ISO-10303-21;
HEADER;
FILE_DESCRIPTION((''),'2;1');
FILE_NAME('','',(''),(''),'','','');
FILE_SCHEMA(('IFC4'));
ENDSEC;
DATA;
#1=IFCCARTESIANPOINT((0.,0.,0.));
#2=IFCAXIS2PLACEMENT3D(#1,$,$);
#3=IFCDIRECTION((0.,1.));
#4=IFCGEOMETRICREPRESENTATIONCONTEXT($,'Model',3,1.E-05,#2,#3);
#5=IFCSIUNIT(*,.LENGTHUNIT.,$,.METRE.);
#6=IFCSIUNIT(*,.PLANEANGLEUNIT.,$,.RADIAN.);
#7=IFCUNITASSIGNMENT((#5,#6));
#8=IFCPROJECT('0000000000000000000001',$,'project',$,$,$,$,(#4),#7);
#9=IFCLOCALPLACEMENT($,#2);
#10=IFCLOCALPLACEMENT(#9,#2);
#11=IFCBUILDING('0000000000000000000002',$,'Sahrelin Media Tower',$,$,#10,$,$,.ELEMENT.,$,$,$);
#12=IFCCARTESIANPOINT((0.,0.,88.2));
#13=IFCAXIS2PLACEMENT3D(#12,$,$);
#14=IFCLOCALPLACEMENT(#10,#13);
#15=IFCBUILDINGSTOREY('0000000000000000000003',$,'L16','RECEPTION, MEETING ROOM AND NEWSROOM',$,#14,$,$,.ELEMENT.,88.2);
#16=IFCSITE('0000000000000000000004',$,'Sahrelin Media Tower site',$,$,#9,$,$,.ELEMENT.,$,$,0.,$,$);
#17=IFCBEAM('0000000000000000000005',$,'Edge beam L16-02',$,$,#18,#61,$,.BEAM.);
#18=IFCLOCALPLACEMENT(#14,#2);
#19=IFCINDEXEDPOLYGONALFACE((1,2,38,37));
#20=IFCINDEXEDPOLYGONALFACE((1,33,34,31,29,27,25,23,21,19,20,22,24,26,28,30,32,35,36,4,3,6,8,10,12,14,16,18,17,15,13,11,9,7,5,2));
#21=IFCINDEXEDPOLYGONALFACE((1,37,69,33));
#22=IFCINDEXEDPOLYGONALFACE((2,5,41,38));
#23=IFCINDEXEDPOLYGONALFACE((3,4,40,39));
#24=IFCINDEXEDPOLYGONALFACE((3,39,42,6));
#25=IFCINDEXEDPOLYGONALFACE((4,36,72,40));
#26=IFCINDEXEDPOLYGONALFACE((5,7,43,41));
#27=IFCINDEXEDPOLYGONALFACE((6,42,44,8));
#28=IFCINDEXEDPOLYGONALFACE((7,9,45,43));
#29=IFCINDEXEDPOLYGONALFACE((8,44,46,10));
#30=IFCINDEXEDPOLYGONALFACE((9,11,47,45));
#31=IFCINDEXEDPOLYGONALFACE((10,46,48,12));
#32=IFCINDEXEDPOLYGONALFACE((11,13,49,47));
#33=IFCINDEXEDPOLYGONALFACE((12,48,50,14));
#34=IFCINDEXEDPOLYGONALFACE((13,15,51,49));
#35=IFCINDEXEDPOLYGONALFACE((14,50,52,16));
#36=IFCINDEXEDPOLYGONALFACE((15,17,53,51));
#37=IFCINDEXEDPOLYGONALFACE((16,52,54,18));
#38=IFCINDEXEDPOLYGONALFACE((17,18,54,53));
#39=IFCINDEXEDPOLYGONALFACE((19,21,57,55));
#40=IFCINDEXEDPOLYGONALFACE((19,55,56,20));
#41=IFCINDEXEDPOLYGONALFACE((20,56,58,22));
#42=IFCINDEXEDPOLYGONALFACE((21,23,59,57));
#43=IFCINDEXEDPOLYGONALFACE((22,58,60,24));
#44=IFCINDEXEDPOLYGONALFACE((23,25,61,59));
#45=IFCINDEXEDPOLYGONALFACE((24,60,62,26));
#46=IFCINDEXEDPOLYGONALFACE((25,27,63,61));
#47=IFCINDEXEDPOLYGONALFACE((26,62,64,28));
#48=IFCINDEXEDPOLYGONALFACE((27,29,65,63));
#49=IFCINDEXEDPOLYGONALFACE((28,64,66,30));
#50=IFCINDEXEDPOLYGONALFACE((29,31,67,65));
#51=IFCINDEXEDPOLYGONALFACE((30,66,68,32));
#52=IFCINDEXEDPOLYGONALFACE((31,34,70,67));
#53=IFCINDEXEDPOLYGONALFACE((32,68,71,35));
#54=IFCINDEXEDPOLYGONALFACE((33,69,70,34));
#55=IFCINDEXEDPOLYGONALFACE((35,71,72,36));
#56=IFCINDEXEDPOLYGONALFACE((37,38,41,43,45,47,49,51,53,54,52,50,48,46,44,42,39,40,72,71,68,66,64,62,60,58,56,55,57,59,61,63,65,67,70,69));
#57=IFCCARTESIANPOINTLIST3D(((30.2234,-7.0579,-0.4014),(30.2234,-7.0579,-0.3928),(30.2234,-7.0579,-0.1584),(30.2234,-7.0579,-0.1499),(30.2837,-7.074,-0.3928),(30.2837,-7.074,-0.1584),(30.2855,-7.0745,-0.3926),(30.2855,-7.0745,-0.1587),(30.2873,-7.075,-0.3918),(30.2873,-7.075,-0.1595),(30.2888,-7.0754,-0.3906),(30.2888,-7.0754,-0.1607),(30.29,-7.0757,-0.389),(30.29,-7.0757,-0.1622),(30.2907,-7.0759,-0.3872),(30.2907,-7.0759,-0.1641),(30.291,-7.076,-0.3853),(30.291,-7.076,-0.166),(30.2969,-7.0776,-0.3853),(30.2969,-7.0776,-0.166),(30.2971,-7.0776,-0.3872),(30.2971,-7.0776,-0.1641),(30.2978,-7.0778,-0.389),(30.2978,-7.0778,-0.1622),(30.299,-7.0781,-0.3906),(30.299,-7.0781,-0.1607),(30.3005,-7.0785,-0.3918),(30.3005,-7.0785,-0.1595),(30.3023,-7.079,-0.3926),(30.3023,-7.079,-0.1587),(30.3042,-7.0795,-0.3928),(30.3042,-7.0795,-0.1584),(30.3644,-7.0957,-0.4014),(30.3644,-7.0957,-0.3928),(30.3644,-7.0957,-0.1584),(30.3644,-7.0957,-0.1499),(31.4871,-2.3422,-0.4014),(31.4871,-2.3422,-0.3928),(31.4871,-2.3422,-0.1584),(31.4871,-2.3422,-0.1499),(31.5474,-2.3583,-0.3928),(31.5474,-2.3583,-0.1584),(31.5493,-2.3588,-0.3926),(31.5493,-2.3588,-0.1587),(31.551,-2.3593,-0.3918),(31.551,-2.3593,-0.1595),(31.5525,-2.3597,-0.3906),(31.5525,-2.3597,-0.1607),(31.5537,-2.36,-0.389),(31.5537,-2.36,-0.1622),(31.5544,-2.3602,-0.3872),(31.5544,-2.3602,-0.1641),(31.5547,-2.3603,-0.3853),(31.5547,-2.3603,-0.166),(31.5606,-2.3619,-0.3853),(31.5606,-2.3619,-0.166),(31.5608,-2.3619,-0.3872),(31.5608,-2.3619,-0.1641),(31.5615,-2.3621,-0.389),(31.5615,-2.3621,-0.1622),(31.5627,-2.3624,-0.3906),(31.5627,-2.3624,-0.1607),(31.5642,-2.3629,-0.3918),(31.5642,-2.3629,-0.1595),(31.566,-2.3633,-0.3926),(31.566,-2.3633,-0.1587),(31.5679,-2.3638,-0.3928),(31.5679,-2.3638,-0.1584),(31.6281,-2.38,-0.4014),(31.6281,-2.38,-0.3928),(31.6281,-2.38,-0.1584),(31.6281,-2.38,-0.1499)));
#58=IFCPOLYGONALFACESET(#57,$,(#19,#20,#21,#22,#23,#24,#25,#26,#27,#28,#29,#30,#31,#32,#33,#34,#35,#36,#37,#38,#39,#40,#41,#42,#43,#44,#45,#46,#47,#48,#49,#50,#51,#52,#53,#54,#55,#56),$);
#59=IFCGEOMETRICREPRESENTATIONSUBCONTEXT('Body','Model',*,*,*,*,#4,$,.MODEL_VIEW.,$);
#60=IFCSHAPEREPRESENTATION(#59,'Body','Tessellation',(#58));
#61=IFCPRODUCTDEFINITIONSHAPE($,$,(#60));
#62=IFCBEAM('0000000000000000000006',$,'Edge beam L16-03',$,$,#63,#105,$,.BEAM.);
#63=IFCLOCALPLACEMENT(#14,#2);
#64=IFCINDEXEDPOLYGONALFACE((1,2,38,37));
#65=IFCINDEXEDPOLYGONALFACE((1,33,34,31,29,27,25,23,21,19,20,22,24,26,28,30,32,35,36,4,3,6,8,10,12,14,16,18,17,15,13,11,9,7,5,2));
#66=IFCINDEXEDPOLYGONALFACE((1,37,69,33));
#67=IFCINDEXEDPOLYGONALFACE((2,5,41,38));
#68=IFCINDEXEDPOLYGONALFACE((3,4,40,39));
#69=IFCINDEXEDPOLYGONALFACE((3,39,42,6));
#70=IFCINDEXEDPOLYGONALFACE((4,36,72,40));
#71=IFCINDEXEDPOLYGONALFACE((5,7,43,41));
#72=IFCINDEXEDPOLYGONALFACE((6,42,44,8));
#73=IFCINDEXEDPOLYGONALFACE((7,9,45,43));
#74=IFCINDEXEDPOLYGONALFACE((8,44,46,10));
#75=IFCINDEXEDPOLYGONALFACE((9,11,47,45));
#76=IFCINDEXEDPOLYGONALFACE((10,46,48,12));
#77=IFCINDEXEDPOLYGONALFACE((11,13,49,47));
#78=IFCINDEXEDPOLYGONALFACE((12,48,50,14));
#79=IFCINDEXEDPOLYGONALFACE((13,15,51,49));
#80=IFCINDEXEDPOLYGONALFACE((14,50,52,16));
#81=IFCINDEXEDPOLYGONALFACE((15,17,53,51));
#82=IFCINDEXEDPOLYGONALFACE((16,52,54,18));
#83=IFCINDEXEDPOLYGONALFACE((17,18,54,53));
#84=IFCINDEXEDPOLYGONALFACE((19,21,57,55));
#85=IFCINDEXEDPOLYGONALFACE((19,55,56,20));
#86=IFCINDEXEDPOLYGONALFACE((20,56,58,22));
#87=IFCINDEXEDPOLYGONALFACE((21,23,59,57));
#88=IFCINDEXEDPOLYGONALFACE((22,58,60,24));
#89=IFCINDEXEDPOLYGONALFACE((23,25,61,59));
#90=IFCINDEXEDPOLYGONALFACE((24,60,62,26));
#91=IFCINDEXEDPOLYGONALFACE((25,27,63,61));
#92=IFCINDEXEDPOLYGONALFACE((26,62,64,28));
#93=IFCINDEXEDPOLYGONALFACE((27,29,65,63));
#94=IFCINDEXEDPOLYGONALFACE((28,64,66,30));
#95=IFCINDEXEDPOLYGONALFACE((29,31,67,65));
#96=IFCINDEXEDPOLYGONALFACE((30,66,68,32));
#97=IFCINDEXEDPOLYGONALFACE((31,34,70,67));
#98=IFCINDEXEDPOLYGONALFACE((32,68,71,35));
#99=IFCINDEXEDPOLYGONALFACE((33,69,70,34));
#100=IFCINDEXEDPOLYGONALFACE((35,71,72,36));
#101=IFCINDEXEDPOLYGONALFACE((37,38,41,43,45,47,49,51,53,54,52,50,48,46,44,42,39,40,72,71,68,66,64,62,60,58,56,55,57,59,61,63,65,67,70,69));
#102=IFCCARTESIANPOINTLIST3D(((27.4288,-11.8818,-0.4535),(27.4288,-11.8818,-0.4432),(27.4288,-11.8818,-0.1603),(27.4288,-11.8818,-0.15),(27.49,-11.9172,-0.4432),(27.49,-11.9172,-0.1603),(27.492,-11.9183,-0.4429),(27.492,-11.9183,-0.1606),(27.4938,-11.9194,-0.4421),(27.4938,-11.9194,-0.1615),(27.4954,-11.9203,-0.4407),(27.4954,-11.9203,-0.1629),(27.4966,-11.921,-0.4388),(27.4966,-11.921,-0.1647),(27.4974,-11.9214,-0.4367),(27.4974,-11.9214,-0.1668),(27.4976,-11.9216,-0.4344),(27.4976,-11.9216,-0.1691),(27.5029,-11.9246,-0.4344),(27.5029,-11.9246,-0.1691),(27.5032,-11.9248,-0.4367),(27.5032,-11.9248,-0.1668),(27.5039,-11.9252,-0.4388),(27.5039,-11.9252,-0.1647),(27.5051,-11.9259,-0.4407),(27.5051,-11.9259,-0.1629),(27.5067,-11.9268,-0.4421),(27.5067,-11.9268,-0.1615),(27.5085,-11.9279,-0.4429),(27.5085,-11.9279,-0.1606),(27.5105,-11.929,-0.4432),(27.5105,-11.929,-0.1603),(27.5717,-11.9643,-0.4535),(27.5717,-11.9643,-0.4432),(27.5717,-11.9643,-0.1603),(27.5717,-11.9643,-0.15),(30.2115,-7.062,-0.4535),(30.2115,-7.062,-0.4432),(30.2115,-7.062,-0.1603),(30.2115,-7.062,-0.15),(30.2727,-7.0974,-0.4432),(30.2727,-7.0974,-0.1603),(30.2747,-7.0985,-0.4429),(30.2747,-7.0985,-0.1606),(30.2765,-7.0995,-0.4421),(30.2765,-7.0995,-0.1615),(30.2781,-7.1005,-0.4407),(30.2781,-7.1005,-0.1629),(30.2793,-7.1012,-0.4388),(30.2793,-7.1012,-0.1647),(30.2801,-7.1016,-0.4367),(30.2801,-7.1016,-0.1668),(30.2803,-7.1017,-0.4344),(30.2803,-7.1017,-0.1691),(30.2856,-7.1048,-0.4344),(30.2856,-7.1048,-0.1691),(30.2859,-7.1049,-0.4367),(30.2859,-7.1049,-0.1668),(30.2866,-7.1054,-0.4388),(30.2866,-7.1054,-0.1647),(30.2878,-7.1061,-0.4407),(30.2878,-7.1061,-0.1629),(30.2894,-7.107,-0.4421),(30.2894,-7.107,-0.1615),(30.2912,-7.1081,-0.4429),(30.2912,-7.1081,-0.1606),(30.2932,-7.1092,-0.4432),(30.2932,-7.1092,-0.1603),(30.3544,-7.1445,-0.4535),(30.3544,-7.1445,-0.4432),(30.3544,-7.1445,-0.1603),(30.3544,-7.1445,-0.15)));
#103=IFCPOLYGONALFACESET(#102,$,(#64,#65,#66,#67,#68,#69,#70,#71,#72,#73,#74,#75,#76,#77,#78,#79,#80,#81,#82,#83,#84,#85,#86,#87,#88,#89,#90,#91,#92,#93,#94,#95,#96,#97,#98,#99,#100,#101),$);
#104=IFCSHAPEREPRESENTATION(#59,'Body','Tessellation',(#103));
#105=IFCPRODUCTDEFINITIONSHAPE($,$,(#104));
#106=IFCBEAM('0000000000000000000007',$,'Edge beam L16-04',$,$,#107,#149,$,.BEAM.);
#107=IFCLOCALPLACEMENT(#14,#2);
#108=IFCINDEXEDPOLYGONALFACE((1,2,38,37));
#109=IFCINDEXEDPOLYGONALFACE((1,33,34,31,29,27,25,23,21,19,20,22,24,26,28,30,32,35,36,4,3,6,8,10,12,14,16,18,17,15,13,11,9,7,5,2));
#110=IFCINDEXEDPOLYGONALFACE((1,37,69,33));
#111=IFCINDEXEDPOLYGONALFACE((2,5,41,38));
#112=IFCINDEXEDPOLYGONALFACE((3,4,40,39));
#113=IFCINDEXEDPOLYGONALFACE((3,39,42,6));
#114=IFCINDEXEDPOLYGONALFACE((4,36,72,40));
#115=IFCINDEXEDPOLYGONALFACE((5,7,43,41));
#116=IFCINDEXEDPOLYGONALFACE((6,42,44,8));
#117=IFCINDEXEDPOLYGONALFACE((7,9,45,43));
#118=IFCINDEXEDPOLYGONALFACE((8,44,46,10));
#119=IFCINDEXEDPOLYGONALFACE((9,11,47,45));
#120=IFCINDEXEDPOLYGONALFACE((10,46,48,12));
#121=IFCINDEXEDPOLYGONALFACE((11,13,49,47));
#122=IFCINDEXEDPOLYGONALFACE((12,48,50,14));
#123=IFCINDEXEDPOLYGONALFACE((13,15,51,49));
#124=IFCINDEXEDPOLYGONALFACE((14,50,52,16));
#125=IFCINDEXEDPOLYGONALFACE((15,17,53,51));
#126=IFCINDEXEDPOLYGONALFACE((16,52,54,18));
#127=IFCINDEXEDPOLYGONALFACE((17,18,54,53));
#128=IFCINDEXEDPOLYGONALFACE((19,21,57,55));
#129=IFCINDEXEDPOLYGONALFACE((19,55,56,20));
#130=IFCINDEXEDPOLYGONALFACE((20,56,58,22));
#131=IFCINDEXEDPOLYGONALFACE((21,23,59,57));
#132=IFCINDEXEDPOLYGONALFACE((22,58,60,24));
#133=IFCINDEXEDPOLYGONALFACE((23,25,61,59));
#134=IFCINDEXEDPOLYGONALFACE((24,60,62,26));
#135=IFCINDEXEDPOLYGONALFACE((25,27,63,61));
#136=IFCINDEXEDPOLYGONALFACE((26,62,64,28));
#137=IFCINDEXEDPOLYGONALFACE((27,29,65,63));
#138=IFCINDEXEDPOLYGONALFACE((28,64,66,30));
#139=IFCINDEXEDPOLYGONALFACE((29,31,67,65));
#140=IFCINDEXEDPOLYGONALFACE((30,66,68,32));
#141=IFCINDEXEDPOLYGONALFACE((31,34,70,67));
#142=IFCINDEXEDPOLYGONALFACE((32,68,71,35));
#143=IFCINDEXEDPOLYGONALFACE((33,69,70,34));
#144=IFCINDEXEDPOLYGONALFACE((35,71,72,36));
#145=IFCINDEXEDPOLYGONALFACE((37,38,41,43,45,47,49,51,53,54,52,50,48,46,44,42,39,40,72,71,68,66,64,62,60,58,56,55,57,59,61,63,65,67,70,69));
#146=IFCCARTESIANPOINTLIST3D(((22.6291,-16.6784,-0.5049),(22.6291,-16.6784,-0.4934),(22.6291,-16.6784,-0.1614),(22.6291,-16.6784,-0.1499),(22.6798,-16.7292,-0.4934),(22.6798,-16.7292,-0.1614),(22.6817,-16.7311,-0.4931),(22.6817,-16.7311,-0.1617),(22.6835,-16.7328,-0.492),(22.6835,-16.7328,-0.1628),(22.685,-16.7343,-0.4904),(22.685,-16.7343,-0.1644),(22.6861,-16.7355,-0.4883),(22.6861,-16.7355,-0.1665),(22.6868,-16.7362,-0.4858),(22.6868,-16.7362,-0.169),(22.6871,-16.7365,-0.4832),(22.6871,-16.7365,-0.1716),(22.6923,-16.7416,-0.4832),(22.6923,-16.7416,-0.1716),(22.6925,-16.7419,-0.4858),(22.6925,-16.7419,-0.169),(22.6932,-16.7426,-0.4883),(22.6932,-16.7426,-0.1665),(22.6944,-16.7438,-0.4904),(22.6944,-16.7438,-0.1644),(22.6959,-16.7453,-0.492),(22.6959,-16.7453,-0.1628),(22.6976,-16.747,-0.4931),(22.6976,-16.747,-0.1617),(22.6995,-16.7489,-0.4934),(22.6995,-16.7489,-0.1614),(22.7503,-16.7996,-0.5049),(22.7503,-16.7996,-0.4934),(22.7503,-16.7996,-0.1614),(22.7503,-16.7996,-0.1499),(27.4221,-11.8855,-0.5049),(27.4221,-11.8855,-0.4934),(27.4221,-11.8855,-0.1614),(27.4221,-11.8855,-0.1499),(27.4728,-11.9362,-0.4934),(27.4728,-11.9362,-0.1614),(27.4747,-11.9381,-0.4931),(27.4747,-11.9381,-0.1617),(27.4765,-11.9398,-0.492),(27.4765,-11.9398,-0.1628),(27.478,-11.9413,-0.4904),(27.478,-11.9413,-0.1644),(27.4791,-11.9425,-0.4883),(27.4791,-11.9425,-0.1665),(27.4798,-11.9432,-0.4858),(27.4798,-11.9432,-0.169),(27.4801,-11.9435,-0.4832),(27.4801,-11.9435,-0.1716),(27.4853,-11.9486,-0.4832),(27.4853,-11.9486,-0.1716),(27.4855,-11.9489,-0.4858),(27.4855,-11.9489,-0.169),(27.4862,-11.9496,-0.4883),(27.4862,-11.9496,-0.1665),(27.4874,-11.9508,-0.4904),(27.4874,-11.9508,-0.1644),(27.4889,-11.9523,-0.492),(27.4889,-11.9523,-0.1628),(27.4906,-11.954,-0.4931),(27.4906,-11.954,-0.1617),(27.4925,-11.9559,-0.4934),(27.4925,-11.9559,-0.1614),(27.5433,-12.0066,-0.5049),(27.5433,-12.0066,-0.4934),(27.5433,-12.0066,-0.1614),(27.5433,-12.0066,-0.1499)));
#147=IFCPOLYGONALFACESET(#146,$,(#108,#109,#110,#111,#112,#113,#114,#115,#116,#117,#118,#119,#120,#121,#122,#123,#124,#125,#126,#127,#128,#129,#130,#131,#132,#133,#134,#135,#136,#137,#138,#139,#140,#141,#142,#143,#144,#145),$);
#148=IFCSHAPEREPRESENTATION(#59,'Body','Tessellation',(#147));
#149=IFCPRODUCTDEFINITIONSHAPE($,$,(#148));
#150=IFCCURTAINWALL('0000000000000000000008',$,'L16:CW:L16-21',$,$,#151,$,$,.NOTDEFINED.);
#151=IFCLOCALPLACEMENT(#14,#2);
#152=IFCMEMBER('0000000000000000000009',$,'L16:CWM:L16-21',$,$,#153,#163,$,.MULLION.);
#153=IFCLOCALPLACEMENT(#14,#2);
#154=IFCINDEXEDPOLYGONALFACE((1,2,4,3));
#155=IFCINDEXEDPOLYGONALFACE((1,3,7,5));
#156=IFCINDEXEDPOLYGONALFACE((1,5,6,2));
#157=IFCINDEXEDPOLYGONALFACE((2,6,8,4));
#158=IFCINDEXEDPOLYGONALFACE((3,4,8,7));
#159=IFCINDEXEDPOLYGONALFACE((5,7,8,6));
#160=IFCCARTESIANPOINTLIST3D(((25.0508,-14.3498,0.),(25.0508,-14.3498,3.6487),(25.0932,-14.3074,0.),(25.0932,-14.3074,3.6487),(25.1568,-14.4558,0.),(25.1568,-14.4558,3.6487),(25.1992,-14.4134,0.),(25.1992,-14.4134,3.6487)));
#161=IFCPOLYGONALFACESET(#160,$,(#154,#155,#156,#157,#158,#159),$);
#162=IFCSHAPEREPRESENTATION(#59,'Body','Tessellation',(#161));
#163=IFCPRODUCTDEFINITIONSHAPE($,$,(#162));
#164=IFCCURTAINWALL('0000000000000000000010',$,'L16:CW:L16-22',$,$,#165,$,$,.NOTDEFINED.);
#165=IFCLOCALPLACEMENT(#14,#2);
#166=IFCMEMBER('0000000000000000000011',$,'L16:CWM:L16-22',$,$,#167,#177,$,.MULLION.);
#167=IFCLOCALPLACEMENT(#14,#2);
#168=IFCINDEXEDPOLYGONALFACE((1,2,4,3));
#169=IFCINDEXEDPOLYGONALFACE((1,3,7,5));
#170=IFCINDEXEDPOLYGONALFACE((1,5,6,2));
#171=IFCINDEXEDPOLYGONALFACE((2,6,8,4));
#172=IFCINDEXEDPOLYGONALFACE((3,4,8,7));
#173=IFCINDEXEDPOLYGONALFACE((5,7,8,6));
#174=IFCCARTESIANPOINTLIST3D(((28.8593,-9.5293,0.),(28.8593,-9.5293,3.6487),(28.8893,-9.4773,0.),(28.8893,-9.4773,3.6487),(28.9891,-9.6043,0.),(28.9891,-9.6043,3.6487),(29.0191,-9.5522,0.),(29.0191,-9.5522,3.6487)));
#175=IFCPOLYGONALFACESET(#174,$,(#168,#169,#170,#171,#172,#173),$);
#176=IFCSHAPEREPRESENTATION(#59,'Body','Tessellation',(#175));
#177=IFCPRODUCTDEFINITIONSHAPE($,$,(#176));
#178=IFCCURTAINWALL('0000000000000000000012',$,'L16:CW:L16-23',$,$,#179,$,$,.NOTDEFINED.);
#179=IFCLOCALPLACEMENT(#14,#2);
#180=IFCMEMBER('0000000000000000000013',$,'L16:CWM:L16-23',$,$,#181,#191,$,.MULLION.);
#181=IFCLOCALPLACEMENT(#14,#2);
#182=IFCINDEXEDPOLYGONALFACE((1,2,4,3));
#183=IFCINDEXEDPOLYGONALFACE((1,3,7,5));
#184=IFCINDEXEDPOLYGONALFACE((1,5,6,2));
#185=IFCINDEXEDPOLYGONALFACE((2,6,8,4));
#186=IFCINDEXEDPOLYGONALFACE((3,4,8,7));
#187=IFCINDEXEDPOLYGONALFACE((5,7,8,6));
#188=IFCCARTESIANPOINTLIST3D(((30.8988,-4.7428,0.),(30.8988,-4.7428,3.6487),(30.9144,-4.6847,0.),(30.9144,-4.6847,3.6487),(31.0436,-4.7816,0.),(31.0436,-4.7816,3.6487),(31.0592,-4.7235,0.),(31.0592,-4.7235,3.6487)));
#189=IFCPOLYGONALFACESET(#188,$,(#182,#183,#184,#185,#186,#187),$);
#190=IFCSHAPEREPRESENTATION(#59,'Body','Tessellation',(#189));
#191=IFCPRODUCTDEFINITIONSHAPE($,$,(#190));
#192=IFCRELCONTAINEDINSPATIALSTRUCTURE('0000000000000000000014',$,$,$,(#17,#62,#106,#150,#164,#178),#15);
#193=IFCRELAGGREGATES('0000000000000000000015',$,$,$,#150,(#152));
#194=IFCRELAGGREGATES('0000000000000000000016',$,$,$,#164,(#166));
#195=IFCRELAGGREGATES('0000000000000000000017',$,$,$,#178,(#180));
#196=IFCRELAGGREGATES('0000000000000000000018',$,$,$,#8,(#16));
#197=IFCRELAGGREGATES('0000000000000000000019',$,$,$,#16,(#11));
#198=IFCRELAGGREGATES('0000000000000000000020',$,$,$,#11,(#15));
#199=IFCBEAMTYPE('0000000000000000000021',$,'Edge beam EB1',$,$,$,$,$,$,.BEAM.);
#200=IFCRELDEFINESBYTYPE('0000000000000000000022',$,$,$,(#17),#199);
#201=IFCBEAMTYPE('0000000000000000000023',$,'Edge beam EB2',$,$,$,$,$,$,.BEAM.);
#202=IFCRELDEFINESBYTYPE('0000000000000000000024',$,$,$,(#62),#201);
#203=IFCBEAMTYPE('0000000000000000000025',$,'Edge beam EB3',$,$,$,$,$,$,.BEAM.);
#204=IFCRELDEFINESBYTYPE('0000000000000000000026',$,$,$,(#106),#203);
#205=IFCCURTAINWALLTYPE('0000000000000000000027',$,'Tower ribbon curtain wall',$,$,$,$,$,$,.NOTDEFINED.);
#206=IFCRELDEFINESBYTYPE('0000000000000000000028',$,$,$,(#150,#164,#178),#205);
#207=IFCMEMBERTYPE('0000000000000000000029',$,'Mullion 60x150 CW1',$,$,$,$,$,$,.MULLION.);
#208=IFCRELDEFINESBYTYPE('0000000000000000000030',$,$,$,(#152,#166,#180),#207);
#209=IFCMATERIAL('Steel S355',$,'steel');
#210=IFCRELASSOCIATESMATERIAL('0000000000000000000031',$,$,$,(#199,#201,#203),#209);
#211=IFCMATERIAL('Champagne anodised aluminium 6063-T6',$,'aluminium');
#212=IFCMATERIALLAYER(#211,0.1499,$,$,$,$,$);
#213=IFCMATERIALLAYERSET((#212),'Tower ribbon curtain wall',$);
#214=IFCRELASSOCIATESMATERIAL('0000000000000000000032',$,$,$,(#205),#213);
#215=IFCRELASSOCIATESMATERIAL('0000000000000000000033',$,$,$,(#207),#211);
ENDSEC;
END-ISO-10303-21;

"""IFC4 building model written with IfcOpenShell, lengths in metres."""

from ifc_helpers import new_model, si_unit, direction, frame, origin, origin_2d, place, context, subcontext, project, spatial, rectangle, i_section, extrude, material, layer, layer_set, material_profile, profile_set, type_object, element, aggregate, save


model = new_model("IFC4")

# Units and contexts
model_context = context("Model", 3, precision=1e-05, world=origin(), true_north=direction((0.0, 1.0)))
body_context = subcontext(model_context, "Body", "Model", "MODEL_VIEW")
ifc_project = project(units=[si_unit("LENGTHUNIT", "METRE"), si_unit("PLANEANGLEUNIT", "RADIAN")], contexts=[model_context])

# Site, building, storey
site_placement = place(None, origin())
site = spatial("IfcSite", under=ifc_project, at=site_placement, Name="Sahrelin Media Tower site", CompositionType="ELEMENT", RefElevation=0.0)
building_placement = place(site_placement, origin())
building = spatial("IfcBuilding", under=site, at=building_placement, Name="Sahrelin Media Tower", CompositionType="ELEMENT")
storey_placement = place(building_placement, frame((0.0, 0.0, 88.2)))
storey = spatial("IfcBuildingStorey", under=building, at=storey_placement, Name="L16", Description="RECEPTION, MEETING ROOM AND NEWSROOM", CompositionType="ELEMENT", Elevation=88.2)

# Beams
ifc_material_1 = material(Name="Steel S355", Category="steel")
ifc_material_profile_1 = material_profile(ifc_material_1, i_section(OverallWidth=0.146, OverallDepth=0.2515, WebThickness=0.0061, FlangeThickness=0.0085, FilletRadius=0.0076, at=origin_2d()), Name="UB 254x146x31")
ifc_profile_set_1 = profile_set([ifc_material_profile_1], Name="Steel S355")
beam_type_1 = type_object("IfcBeamType", Name="Edge beam EB1", PredefinedType="BEAM", material=ifc_profile_set_1)
beam_1_placement = place(storey_placement, frame((31.5576, -2.3611, -0.2756), z_axis=(-0.258845, -0.965919, 0.0), x_axis=(0.965919, -0.258845, 0.0)))
element("IfcBeam", 1, at=beam_1_placement, inside=storey, type_object=beam_type_1, Name="Edge beam L16-02", PredefinedType="BEAM", context=body_context, shape_type="SweptSolid", body=[
    extrude(i_section(OverallWidth=0.146, OverallDepth=0.2515, WebThickness=0.0061, FlangeThickness=0.0085, FilletRadius=0.0076, at=origin_2d()), origin(), (0.0, 0.0, 1.0), 4.8821),
])
ifc_material_profile_2 = material_profile(ifc_material_1, i_section(OverallWidth=0.165, OverallDepth=0.3035, WebThickness=0.0061, FlangeThickness=0.0103, FilletRadius=0.0088, at=origin_2d()), Name="UB 305x165x40")
ifc_profile_set_2 = profile_set([ifc_material_profile_2], Name="Steel S355")
beam_type_2 = type_object("IfcBeamType", Name="Edge beam EB2", PredefinedType="BEAM", material=ifc_profile_set_2)
beam_2_placement = place(storey_placement, frame((30.283, -7.1033, -0.3018), z_axis=(-0.499998, -0.866026, 0.0), x_axis=(0.866026, -0.499998, 0.0)))
element("IfcBeam", 2, at=beam_2_placement, inside=storey, type_object=beam_type_2, Name="Edge beam L16-03", PredefinedType="BEAM", context=body_context, shape_type="SweptSolid", body=[
    extrude(i_section(OverallWidth=0.165, OverallDepth=0.3035, WebThickness=0.0061, FlangeThickness=0.0103, FilletRadius=0.0088, at=origin_2d()), origin(), (0.0, 0.0, 1.0), 5.5654),
])
ifc_material_profile_3 = material_profile(ifc_material_1, i_section(OverallWidth=0.1714, OverallDepth=0.355, WebThickness=0.0073, FlangeThickness=0.0115, FilletRadius=0.0103, at=origin_2d()), Name="UB 356x171x51")
ifc_profile_set_3 = profile_set([ifc_material_profile_3], Name="Steel S355")
beam_type_3 = type_object("IfcBeamType", Name="Edge beam EB3", PredefinedType="BEAM", material=ifc_profile_set_3)
beam_3_placement = place(storey_placement, frame((27.4827, -11.946, -0.3274), z_axis=(-0.707107, -0.707107, 0.0), x_axis=(0.707107, -0.707107, 0.0)))
element("IfcBeam", 3, at=beam_3_placement, inside=storey, type_object=beam_type_3, Name="Edge beam L16-04", PredefinedType="BEAM", context=body_context, shape_type="SweptSolid", body=[
    extrude(i_section(OverallWidth=0.1714, OverallDepth=0.355, WebThickness=0.0073, FlangeThickness=0.0115, FilletRadius=0.0103, at=origin_2d()), origin(), (0.0, 0.0, 1.0), 6.7783),
])

# Curtain walls, members
ifc_material_2 = material(Name="Champagne anodised aluminium 6063-T6", Category="aluminium")
ifc_layer_1 = layer(ifc_material_2, 0.1499)
ifc_layer_set_1 = layer_set([ifc_layer_1], Name="Tower ribbon curtain wall")
curtain_wall_type = type_object("IfcCurtainWallType", Name="Tower ribbon curtain wall", PredefinedType="NOTDEFINED", material=ifc_layer_set_1)
curtain_wall_1_placement = place(storey_placement, frame((25.1921, -14.4487, 0.0), z_axis=(0.0, 0.0, 1.0), x_axis=(1.0, 0.0, 0.0)))
curtain_wall_1 = element("IfcCurtainWall", 4, at=curtain_wall_1_placement, inside=storey, type_object=curtain_wall_type, Name="L16:CW:L16-21", PredefinedType="NOTDEFINED")
ifc_material_profile_4 = material_profile(ifc_material_2, rectangle(XDim=0.0601, YDim=0.1499, at=origin_2d()), Name="Mullion 60x150")
ifc_profile_set_4 = profile_set([ifc_material_profile_4], Name="Champagne anodised aluminium 6063-T6")
member_type_1 = type_object("IfcMemberType", Name="Mullion 60x150 CW1", PredefinedType="MULLION", material=ifc_profile_set_4)
member_1_placement = place(storey_placement, frame((25.125, -14.3816, 0.0), z_axis=(0.0, 0.0, 1.0), x_axis=(0.707114, 0.707099, 0.0)))
member_1 = element("IfcMember", 5, at=member_1_placement, type_object=member_type_1, Name="L16:CWM:L16-21", PredefinedType="MULLION", context=body_context, shape_type="SweptSolid", body=[
    extrude(rectangle(XDim=0.0601, YDim=0.1499, at=origin_2d()), origin(), (0.0, 0.0, 1.0), 3.6487),
])
aggregate(curtain_wall_1, [member_1])
curtain_wall_2_placement = place(storey_placement, frame((29.0215, -9.5884, 0.0), z_axis=(0.0, 0.0, 1.0), x_axis=(1.0, 0.0, 0.0)))
curtain_wall_2 = element("IfcCurtainWall", 6, at=curtain_wall_2_placement, inside=storey, type_object=curtain_wall_type, Name="L16:CW:L16-22", PredefinedType="NOTDEFINED")
member_2_placement = place(storey_placement, frame((28.9392, -9.5408, 0.0), z_axis=(0.0, 0.0, 1.0), x_axis=(0.499991, 0.866031, 0.0)))
member_2 = element("IfcMember", 7, at=member_2_placement, type_object=member_type_1, Name="L16:CWM:L16-22", PredefinedType="MULLION", context=body_context, shape_type="SweptSolid", body=[
    extrude(rectangle(XDim=0.0601, YDim=0.1499, at=origin_2d()), origin(), (0.0, 0.0, 1.0), 3.6487),
])
curtain_wall_3_placement = place(storey_placement, frame((31.0708, -4.7576, 0.0), z_axis=(0.0, 0.0, 1.0), x_axis=(1.0, 0.0, 0.0)))
curtain_wall_3 = element("IfcCurtainWall", 8, at=curtain_wall_3_placement, inside=storey, type_object=curtain_wall_type, Name="L16:CW:L16-23", PredefinedType="NOTDEFINED")
member_3_placement = place(storey_placement, frame((30.979, -4.7332, 0.0), z_axis=(0.0, 0.0, 1.0), x_axis=(0.258817, 0.965926, 0.0)))
member_3 = element("IfcMember", 9, at=member_3_placement, type_object=member_type_1, Name="L16:CWM:L16-23", PredefinedType="MULLION", context=body_context, shape_type="SweptSolid", body=[
    extrude(rectangle(XDim=0.0601, YDim=0.1499, at=origin_2d()), origin(), (0.0, 0.0, 1.0), 3.6487),
])

aggregate(curtain_wall_2, [member_2])
aggregate(curtain_wall_3, [member_3])

save(model, "model.ifc")
